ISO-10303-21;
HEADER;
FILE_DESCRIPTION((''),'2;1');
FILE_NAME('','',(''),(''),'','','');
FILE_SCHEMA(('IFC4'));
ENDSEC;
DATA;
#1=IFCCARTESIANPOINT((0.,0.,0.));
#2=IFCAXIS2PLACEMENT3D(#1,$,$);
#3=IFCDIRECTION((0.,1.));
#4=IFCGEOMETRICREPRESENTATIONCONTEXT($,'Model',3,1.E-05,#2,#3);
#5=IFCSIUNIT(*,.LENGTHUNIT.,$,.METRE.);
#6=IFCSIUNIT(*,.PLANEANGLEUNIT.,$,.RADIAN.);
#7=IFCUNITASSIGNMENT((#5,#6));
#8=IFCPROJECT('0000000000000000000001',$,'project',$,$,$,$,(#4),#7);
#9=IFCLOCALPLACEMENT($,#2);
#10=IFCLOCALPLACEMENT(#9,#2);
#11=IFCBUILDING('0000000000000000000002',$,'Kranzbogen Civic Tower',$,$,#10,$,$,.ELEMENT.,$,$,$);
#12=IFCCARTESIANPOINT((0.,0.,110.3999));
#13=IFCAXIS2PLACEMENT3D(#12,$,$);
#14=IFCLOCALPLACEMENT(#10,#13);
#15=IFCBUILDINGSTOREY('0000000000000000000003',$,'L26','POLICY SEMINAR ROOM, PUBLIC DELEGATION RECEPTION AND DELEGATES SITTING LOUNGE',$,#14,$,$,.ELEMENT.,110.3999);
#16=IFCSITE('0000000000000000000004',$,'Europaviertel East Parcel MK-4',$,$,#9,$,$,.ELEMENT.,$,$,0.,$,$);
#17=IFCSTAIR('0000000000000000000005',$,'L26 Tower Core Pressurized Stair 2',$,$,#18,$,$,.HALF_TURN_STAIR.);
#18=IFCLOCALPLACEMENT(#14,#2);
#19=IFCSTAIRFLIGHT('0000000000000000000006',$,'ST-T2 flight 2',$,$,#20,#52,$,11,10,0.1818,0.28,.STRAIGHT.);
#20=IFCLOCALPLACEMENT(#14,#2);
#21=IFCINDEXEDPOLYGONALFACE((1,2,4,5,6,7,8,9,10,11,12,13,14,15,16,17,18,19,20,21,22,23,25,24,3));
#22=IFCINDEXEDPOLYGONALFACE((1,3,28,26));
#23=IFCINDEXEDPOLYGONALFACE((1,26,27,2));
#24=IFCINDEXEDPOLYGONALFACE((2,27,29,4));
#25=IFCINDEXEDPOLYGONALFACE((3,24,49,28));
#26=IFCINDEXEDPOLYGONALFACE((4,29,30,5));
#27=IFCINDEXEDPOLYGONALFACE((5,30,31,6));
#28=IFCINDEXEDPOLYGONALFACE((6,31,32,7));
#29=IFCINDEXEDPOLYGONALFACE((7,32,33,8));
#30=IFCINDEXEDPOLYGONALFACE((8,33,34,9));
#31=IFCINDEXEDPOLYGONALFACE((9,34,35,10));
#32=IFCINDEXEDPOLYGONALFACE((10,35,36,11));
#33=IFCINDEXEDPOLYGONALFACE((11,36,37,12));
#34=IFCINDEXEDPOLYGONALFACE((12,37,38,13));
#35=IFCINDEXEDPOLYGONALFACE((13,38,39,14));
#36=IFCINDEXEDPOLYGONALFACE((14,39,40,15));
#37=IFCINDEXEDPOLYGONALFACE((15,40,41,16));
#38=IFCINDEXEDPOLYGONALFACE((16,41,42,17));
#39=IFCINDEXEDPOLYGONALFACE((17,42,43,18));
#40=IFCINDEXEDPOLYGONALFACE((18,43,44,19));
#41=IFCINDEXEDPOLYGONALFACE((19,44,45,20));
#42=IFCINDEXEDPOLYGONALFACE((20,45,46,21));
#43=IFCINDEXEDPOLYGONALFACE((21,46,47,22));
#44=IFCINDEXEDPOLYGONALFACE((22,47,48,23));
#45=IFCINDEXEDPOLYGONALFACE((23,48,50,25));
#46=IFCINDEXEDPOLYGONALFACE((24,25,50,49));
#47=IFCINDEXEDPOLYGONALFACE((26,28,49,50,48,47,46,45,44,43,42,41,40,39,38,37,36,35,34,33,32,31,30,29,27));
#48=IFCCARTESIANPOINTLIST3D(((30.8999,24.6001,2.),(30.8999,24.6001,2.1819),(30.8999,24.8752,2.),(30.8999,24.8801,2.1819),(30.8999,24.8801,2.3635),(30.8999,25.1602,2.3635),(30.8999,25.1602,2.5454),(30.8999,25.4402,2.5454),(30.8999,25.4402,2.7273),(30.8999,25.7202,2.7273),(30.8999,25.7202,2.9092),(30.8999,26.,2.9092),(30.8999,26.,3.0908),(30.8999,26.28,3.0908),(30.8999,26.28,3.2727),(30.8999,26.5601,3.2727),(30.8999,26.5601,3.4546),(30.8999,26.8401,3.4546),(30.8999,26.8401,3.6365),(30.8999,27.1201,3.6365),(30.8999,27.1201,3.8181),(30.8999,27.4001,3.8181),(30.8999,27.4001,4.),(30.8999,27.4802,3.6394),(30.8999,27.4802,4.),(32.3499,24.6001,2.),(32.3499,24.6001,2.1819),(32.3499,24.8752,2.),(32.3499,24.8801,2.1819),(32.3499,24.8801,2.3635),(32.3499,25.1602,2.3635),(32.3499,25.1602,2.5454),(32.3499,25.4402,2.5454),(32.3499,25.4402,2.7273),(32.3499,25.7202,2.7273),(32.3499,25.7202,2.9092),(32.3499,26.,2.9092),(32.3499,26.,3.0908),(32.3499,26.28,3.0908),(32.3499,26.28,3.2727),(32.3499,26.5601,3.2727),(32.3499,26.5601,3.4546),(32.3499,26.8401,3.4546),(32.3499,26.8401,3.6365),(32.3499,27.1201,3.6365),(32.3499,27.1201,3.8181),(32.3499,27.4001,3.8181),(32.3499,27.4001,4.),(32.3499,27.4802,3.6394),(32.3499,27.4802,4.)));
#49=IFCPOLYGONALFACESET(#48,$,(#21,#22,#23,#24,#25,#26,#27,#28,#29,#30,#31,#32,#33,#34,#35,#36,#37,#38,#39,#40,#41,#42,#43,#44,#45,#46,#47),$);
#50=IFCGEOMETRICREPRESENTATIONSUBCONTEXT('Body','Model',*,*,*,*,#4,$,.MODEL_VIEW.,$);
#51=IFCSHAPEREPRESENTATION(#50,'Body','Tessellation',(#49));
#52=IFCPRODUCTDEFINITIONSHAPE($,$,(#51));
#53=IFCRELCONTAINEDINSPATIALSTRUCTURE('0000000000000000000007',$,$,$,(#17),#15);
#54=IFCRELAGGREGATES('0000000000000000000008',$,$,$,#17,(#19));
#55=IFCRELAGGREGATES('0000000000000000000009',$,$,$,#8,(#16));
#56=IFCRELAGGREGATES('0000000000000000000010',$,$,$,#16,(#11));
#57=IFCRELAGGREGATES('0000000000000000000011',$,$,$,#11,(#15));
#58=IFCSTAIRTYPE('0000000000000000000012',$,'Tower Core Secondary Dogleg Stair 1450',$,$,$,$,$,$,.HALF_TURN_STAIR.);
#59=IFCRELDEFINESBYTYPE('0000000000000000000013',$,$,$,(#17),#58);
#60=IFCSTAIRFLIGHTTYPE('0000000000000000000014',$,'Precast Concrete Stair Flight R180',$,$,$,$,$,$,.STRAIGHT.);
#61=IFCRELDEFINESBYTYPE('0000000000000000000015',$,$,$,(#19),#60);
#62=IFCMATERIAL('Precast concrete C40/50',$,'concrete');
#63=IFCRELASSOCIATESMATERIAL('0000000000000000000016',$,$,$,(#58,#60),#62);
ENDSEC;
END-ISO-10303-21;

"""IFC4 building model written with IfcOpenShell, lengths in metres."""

from ifc_helpers import new_model, si_unit, direction, frame, origin, place, context, subcontext, project, spatial, polyline, outline, extrude, material, type_object, element, aggregate, save


model = new_model("IFC4")

# Units and contexts
model_context = context("Model", 3, precision=1e-05, world=origin(), true_north=direction((0.0, 1.0)))
body_context = subcontext(model_context, "Body", "Model", "MODEL_VIEW")
ifc_project = project(units=[si_unit("LENGTHUNIT", "METRE"), si_unit("PLANEANGLEUNIT", "RADIAN")], contexts=[model_context])

# Site, building, storey
site_placement = place(None, origin())
site = spatial("IfcSite", under=ifc_project, at=site_placement, Name="Europaviertel East Parcel MK-4", CompositionType="ELEMENT", RefElevation=0.0)
building_placement = place(site_placement, origin())
building = spatial("IfcBuilding", under=site, at=building_placement, Name="Kranzbogen Civic Tower", CompositionType="ELEMENT")
storey_placement = place(building_placement, frame((0.0, 0.0, 110.3999)))
storey = spatial("IfcBuildingStorey", under=building, at=storey_placement, Name="L26", Description="POLICY SEMINAR ROOM, PUBLIC DELEGATION RECEPTION AND DELEGATES SITTING LOUNGE", CompositionType="ELEMENT", Elevation=110.3999)

# Stair, stair flight
ifc_material_1 = material(Name="Precast concrete C40/50", Category="concrete")
stair_type = type_object("IfcStairType", Name="Tower Core Secondary Dogleg Stair 1450", PredefinedType="HALF_TURN_STAIR", material=ifc_material_1)
stair_placement = place(storey_placement, origin())
stair = element("IfcStair", 1, at=stair_placement, inside=storey, type_object=stair_type, Name="L26 Tower Core Pressurized Stair 2", PredefinedType="HALF_TURN_STAIR")
stair_flight_type = type_object("IfcStairFlightType", Name="Precast Concrete Stair Flight R180", PredefinedType="STRAIGHT", material=ifc_material_1)
stair_flight_placement = place(storey_placement, frame((31.625, 24.6001, 2.0), z_axis=(0.0, 0.0, 1.0), x_axis=(0.0, 1.0, 0.0)))
stair_flight = element("IfcStairFlight", 2, at=stair_flight_placement, type_object=stair_flight_type, Name="ST-T2 flight 2", NumberOfRisers=11, NumberOfTreads=10, PredefinedType="STRAIGHT", RiserHeight=0.1818, TreadLength=0.28, context=body_context, shape_type="SweptSolid", body=[
    extrude(outline(polyline([(0.0, 0.0), (0.0, 0.1819), (0.28, 0.1819), (0.28, 0.3635), (0.5601, 0.3635), (0.5601, 0.5454), (0.8401, 0.5454), (0.8401, 0.7273), (1.1201, 0.7273), (1.1201, 0.9092), (1.3999, 0.9092), (1.3999, 1.0908), (1.6799, 1.0908), (1.6799, 1.2727), (1.96, 1.2727), (1.96, 1.4546), (2.24, 1.4546), (2.24, 1.6365), (2.52, 1.6365), (2.52, 1.8181), (2.8, 1.8181), (2.8, 2.0), (2.8801, 2.0), (2.8801, 1.6394), (0.2751, 0.0), (0.0, 0.0)])), frame((0.0, 0.7251, 0.0), z_axis=(0.0, -1.0, 0.0), x_axis=(1.0, 0.0, 0.0)), (0.0, 0.0, 1.0), 1.45),
])
aggregate(stair, [stair_flight])

save(model, "model.ifc")
